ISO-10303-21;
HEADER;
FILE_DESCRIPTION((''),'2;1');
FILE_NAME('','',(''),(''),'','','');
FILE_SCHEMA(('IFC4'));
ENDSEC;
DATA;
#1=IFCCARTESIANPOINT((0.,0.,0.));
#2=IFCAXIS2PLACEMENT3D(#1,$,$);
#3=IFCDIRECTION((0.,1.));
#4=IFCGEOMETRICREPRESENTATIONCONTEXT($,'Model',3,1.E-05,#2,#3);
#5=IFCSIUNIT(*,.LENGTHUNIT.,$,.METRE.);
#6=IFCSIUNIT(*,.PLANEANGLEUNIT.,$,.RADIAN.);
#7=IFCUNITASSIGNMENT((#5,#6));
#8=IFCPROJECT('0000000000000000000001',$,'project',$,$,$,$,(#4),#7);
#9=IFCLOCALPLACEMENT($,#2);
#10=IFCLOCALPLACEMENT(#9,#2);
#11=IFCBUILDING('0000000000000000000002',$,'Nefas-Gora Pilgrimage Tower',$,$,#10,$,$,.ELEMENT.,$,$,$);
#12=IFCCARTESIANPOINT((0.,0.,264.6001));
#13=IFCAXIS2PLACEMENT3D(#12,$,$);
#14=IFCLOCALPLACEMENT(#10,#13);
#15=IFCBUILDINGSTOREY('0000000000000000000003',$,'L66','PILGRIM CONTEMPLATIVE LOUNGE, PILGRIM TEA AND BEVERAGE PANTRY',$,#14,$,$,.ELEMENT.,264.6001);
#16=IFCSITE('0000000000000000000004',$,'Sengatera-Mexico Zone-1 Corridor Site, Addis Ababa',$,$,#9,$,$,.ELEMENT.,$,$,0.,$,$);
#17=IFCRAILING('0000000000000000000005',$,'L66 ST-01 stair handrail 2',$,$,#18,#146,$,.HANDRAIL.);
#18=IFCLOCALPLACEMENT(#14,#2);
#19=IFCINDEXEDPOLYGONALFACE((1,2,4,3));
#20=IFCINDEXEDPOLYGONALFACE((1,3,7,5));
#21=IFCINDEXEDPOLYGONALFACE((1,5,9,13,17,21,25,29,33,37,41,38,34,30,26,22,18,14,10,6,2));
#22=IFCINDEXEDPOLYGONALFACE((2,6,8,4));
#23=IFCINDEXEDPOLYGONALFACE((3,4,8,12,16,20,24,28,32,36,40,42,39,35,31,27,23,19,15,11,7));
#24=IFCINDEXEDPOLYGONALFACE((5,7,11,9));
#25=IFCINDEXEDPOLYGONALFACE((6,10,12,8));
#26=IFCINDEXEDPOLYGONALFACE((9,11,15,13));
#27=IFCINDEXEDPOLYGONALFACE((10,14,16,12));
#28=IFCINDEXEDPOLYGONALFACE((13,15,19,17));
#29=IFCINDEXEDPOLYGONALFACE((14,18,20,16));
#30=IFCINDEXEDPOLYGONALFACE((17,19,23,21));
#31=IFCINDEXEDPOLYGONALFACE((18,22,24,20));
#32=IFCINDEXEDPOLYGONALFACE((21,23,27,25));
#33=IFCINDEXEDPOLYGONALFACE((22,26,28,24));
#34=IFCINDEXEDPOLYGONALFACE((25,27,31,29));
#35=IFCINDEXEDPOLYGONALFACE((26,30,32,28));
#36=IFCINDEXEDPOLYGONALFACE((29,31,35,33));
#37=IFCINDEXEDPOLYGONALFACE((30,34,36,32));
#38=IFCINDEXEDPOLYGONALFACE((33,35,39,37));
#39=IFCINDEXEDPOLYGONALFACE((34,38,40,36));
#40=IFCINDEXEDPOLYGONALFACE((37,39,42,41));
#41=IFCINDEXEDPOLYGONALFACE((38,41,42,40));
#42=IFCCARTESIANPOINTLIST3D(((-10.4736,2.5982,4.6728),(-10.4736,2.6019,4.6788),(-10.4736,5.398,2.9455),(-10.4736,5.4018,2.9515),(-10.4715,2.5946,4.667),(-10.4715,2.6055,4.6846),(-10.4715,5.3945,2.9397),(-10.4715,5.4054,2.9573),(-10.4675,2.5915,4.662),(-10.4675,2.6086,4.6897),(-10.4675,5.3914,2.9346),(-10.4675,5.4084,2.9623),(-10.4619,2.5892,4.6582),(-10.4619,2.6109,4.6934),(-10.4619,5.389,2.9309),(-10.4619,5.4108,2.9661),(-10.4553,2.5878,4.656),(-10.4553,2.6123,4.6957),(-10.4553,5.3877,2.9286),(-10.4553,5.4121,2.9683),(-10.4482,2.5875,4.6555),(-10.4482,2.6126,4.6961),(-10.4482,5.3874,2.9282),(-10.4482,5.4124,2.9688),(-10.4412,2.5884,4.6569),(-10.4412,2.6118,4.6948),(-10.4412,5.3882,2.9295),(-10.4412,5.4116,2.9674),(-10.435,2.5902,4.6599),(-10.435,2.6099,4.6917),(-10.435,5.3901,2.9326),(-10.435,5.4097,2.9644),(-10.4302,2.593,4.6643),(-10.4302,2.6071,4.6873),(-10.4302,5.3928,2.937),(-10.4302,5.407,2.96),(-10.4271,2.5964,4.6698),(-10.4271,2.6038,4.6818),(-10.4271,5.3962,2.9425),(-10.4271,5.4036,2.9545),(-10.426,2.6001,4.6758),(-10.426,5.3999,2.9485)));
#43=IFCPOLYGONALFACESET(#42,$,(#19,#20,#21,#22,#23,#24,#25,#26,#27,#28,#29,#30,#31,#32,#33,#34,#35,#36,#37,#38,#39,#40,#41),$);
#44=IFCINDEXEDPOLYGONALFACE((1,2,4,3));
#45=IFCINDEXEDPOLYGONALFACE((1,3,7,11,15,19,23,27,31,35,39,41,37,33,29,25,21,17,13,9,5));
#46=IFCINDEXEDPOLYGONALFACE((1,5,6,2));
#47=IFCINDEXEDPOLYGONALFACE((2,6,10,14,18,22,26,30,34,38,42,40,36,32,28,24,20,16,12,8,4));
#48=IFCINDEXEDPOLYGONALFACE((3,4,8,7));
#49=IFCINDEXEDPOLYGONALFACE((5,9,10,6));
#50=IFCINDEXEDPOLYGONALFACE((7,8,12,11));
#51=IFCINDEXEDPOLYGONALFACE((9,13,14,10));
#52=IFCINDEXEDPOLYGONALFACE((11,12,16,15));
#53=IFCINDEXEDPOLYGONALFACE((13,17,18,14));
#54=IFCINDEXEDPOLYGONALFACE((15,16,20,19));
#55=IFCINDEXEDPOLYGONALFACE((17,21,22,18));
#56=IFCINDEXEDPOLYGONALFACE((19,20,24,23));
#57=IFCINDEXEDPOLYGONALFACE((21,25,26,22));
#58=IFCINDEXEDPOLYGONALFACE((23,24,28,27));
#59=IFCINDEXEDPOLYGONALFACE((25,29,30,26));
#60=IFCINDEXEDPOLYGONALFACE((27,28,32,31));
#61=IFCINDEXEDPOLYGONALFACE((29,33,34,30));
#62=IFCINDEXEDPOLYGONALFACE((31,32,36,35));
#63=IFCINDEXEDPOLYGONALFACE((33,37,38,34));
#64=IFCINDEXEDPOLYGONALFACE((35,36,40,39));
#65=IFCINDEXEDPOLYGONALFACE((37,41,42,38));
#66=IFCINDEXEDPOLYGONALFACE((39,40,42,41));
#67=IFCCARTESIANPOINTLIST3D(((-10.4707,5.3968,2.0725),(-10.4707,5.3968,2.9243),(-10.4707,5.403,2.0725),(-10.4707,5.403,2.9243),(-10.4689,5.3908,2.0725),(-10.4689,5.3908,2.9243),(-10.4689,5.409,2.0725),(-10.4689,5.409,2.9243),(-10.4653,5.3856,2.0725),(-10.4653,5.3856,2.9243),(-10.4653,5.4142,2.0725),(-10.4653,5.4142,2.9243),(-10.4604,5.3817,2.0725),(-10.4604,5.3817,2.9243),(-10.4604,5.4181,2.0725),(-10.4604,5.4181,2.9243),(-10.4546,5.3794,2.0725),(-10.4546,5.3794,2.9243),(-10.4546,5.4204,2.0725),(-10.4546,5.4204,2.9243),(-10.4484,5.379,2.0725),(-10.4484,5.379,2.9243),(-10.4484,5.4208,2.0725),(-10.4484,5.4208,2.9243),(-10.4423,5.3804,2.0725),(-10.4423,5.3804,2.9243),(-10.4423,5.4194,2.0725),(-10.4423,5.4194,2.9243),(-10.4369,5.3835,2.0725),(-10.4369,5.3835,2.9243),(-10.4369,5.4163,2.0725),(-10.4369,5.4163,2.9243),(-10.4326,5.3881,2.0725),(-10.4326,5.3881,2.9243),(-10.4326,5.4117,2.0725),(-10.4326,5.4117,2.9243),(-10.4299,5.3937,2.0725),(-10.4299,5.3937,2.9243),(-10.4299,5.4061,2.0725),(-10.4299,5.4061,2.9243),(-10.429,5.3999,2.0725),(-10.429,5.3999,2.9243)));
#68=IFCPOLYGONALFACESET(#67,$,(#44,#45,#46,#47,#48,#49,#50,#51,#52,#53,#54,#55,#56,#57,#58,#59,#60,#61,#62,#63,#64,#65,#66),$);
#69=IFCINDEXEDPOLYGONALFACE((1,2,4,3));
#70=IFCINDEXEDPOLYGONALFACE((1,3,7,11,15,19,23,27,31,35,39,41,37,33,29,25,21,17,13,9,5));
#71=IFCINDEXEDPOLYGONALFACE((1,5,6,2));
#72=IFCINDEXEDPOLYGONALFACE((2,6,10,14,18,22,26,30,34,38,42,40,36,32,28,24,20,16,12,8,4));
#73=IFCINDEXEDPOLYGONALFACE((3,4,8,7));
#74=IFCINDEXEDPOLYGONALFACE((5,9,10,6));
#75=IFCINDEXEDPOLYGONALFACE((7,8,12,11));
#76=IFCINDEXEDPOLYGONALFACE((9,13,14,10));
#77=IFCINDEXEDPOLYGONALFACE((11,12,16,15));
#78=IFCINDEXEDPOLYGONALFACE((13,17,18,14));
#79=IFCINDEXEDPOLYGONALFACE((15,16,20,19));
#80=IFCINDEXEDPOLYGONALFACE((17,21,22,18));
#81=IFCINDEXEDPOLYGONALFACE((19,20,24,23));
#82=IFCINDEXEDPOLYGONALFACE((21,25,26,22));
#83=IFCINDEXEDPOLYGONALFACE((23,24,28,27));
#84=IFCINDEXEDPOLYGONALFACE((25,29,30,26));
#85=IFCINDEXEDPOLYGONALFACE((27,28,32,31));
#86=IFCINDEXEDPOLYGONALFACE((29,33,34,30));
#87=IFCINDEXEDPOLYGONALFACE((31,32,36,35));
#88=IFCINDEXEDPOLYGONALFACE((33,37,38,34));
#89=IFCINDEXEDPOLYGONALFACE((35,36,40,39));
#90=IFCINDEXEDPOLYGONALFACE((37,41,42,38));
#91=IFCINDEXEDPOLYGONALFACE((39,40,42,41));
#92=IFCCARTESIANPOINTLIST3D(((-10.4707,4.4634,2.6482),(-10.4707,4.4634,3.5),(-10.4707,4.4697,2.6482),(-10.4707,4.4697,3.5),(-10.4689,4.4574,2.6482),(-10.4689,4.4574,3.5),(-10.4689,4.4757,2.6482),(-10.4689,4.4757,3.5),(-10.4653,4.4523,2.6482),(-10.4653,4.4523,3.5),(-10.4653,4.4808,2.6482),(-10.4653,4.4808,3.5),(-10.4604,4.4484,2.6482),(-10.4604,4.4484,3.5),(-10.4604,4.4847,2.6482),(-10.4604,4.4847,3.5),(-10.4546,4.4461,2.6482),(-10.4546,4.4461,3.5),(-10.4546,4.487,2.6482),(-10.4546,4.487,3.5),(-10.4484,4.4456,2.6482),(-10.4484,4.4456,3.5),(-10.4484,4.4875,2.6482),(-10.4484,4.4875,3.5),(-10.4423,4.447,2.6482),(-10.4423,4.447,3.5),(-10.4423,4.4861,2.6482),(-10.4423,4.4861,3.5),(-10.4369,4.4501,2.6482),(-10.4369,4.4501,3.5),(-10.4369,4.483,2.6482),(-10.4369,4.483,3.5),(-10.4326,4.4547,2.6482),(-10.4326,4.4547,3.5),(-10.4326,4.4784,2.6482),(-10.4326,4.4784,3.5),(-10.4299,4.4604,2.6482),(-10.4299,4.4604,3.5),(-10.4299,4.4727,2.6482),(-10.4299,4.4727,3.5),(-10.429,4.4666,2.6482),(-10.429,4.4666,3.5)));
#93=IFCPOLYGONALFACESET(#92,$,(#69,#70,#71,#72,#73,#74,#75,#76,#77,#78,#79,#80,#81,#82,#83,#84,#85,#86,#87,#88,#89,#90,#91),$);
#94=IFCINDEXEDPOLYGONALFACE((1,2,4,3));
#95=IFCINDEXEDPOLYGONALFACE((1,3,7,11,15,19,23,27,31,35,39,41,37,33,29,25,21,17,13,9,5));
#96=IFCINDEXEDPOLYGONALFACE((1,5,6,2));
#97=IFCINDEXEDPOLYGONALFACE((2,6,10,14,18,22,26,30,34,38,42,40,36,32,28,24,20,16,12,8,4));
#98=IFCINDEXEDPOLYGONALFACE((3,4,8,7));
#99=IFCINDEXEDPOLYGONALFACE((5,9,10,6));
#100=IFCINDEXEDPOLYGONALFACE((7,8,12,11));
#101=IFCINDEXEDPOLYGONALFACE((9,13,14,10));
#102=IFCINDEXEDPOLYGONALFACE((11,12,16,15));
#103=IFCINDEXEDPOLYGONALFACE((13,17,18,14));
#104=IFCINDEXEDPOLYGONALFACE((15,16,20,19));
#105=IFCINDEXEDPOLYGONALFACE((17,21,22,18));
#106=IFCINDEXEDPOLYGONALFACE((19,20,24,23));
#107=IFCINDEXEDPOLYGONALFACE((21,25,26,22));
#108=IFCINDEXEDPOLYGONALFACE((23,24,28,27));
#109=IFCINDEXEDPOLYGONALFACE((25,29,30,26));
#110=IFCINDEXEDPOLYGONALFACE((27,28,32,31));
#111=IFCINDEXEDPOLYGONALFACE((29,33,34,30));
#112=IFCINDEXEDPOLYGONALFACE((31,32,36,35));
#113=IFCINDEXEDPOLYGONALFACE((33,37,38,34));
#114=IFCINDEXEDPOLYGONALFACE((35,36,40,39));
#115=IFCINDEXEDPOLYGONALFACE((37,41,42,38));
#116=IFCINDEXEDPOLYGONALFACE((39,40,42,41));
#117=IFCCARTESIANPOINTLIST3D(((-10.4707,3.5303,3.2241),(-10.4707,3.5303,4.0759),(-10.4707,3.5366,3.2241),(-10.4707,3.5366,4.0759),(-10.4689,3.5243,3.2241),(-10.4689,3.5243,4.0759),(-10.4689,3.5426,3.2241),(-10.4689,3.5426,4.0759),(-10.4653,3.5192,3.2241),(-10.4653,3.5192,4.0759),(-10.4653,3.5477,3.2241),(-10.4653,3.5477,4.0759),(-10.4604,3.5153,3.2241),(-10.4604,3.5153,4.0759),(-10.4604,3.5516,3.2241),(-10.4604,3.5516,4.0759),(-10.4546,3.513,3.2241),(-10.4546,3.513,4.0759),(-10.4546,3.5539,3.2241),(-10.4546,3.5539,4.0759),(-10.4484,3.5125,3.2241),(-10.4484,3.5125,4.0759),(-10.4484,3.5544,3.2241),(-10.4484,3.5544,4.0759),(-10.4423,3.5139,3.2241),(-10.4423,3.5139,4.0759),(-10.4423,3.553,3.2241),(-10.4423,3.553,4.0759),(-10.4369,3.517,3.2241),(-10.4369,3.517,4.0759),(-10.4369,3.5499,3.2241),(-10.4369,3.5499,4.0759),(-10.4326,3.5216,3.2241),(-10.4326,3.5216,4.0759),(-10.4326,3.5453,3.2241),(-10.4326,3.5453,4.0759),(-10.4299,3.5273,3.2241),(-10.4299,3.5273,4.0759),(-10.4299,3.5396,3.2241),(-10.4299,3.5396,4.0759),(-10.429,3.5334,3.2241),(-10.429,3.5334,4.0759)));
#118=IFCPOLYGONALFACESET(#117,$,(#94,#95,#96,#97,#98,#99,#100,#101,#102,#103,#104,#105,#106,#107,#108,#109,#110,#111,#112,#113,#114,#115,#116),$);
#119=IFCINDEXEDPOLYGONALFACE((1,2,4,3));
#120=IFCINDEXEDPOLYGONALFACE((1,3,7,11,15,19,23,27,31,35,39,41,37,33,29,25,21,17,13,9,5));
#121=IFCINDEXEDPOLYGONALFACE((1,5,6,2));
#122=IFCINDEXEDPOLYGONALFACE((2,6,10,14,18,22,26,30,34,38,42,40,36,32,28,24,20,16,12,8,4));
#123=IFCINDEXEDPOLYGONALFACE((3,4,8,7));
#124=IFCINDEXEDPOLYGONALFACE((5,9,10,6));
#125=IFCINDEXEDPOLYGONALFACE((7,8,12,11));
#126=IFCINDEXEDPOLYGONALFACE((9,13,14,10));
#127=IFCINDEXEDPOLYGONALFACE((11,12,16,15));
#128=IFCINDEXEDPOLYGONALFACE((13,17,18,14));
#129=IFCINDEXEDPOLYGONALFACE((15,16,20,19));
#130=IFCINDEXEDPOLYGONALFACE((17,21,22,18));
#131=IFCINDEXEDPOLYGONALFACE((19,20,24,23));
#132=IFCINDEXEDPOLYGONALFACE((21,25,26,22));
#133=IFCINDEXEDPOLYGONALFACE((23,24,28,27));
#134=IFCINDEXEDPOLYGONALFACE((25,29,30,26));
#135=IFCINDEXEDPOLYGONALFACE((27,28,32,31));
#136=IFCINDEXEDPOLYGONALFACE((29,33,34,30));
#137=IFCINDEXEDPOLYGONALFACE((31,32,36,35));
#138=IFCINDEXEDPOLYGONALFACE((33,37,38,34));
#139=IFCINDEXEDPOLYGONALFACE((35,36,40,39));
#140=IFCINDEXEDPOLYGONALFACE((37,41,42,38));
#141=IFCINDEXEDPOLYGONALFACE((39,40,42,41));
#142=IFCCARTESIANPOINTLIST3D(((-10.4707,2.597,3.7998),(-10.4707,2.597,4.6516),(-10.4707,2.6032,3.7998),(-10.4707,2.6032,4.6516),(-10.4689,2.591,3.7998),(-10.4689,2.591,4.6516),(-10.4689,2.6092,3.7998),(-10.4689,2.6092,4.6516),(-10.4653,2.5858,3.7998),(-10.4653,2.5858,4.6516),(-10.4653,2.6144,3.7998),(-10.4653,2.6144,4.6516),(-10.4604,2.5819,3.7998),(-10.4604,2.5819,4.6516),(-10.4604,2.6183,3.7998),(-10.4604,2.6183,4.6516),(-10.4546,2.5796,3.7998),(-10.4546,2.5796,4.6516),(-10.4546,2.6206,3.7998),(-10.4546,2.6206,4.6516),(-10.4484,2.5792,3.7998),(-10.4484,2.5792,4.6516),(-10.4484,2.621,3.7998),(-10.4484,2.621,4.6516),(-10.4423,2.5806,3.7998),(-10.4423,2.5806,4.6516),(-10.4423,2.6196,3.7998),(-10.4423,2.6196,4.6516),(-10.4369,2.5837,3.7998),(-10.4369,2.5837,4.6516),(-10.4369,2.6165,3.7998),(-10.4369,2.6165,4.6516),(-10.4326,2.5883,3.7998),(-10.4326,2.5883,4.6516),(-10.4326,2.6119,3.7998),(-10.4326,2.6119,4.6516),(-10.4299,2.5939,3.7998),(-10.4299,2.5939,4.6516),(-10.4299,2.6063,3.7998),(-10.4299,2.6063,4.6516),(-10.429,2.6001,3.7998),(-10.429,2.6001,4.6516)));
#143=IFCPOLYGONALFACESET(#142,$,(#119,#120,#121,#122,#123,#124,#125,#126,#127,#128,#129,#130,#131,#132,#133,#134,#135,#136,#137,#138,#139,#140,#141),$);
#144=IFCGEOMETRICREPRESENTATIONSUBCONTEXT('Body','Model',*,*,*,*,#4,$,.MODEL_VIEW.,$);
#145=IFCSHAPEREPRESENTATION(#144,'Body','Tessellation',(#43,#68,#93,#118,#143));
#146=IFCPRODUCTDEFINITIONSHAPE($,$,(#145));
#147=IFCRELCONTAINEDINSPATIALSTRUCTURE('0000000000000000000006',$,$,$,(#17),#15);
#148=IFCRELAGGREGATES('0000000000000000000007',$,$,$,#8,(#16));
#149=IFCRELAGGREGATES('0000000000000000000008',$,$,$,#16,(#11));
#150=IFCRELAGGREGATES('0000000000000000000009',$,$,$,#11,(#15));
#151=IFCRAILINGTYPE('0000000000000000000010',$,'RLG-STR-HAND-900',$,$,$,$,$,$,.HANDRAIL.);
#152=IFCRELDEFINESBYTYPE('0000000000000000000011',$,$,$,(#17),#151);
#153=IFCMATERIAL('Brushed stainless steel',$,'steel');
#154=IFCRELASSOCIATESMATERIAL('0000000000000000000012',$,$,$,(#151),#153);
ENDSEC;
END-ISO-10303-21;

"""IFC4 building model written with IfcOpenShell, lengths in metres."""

from ifc_helpers import new_model, si_unit, direction, frame, origin, origin_2d, place, context, subcontext, project, spatial, circle, extrude, material, type_object, element, save


model = new_model("IFC4")

# Units and contexts
model_context = context("Model", 3, precision=1e-05, world=origin(), true_north=direction((0.0, 1.0)))
body_context = subcontext(model_context, "Body", "Model", "MODEL_VIEW")
ifc_project = project(units=[si_unit("LENGTHUNIT", "METRE"), si_unit("PLANEANGLEUNIT", "RADIAN")], contexts=[model_context])

# Site, building, storey
site_placement = place(None, origin())
site = spatial("IfcSite", under=ifc_project, at=site_placement, Name="Sengatera-Mexico Zone-1 Corridor Site, Addis Ababa", CompositionType="ELEMENT", RefElevation=0.0)
building_placement = place(site_placement, origin())
building = spatial("IfcBuilding", under=site, at=building_placement, Name="Nefas-Gora Pilgrimage Tower", CompositionType="ELEMENT")
storey_placement = place(building_placement, frame((0.0, 0.0, 264.6001)))
storey = spatial("IfcBuildingStorey", under=building, at=storey_placement, Name="L66", Description="PILGRIM CONTEMPLATIVE LOUNGE, PILGRIM TEA AND BEVERAGE PANTRY", CompositionType="ELEMENT", Elevation=264.6001)

# Railing
ifc_material_1 = material(Name="Brushed stainless steel", Category="steel")
railing_type_1 = type_object("IfcRailingType", Name="RLG-STR-HAND-900", PredefinedType="HANDRAIL", material=ifc_material_1)
railing_1_placement = place(storey_placement, frame((-10.45, 5.3999, 2.0725)))
element("IfcRailing", 1, at=railing_1_placement, inside=storey, type_object=railing_type_1, Name="L66 ST-01 stair handrail 2", PredefinedType="HANDRAIL", context=body_context, shape_type="SweptSolid", body=[
    extrude(circle(Radius=0.0239, at=origin_2d()), frame((0.0, 0.0, 0.876), z_axis=(0.0, -0.851069, 0.525054), x_axis=(1.0, 0.0, 0.0)), (0.0, 0.0, 1.0), 3.2898),
    extrude(circle(Radius=0.021, at=origin_2d()), origin(), (0.0, 0.0, 1.0), 0.8518),
    extrude(circle(Radius=0.021, at=origin_2d()), frame((0.0, -0.9333, 0.5757)), (0.0, 0.0, 1.0), 0.8518),
    extrude(circle(Radius=0.021, at=origin_2d()), frame((0.0, -1.8665, 1.1516)), (0.0, 0.0, 1.0), 0.8518),
    extrude(circle(Radius=0.021, at=origin_2d()), frame((0.0, -2.7998, 1.7273)), (0.0, 0.0, 1.0), 0.8518),
])

save(model, "model.ifc")
